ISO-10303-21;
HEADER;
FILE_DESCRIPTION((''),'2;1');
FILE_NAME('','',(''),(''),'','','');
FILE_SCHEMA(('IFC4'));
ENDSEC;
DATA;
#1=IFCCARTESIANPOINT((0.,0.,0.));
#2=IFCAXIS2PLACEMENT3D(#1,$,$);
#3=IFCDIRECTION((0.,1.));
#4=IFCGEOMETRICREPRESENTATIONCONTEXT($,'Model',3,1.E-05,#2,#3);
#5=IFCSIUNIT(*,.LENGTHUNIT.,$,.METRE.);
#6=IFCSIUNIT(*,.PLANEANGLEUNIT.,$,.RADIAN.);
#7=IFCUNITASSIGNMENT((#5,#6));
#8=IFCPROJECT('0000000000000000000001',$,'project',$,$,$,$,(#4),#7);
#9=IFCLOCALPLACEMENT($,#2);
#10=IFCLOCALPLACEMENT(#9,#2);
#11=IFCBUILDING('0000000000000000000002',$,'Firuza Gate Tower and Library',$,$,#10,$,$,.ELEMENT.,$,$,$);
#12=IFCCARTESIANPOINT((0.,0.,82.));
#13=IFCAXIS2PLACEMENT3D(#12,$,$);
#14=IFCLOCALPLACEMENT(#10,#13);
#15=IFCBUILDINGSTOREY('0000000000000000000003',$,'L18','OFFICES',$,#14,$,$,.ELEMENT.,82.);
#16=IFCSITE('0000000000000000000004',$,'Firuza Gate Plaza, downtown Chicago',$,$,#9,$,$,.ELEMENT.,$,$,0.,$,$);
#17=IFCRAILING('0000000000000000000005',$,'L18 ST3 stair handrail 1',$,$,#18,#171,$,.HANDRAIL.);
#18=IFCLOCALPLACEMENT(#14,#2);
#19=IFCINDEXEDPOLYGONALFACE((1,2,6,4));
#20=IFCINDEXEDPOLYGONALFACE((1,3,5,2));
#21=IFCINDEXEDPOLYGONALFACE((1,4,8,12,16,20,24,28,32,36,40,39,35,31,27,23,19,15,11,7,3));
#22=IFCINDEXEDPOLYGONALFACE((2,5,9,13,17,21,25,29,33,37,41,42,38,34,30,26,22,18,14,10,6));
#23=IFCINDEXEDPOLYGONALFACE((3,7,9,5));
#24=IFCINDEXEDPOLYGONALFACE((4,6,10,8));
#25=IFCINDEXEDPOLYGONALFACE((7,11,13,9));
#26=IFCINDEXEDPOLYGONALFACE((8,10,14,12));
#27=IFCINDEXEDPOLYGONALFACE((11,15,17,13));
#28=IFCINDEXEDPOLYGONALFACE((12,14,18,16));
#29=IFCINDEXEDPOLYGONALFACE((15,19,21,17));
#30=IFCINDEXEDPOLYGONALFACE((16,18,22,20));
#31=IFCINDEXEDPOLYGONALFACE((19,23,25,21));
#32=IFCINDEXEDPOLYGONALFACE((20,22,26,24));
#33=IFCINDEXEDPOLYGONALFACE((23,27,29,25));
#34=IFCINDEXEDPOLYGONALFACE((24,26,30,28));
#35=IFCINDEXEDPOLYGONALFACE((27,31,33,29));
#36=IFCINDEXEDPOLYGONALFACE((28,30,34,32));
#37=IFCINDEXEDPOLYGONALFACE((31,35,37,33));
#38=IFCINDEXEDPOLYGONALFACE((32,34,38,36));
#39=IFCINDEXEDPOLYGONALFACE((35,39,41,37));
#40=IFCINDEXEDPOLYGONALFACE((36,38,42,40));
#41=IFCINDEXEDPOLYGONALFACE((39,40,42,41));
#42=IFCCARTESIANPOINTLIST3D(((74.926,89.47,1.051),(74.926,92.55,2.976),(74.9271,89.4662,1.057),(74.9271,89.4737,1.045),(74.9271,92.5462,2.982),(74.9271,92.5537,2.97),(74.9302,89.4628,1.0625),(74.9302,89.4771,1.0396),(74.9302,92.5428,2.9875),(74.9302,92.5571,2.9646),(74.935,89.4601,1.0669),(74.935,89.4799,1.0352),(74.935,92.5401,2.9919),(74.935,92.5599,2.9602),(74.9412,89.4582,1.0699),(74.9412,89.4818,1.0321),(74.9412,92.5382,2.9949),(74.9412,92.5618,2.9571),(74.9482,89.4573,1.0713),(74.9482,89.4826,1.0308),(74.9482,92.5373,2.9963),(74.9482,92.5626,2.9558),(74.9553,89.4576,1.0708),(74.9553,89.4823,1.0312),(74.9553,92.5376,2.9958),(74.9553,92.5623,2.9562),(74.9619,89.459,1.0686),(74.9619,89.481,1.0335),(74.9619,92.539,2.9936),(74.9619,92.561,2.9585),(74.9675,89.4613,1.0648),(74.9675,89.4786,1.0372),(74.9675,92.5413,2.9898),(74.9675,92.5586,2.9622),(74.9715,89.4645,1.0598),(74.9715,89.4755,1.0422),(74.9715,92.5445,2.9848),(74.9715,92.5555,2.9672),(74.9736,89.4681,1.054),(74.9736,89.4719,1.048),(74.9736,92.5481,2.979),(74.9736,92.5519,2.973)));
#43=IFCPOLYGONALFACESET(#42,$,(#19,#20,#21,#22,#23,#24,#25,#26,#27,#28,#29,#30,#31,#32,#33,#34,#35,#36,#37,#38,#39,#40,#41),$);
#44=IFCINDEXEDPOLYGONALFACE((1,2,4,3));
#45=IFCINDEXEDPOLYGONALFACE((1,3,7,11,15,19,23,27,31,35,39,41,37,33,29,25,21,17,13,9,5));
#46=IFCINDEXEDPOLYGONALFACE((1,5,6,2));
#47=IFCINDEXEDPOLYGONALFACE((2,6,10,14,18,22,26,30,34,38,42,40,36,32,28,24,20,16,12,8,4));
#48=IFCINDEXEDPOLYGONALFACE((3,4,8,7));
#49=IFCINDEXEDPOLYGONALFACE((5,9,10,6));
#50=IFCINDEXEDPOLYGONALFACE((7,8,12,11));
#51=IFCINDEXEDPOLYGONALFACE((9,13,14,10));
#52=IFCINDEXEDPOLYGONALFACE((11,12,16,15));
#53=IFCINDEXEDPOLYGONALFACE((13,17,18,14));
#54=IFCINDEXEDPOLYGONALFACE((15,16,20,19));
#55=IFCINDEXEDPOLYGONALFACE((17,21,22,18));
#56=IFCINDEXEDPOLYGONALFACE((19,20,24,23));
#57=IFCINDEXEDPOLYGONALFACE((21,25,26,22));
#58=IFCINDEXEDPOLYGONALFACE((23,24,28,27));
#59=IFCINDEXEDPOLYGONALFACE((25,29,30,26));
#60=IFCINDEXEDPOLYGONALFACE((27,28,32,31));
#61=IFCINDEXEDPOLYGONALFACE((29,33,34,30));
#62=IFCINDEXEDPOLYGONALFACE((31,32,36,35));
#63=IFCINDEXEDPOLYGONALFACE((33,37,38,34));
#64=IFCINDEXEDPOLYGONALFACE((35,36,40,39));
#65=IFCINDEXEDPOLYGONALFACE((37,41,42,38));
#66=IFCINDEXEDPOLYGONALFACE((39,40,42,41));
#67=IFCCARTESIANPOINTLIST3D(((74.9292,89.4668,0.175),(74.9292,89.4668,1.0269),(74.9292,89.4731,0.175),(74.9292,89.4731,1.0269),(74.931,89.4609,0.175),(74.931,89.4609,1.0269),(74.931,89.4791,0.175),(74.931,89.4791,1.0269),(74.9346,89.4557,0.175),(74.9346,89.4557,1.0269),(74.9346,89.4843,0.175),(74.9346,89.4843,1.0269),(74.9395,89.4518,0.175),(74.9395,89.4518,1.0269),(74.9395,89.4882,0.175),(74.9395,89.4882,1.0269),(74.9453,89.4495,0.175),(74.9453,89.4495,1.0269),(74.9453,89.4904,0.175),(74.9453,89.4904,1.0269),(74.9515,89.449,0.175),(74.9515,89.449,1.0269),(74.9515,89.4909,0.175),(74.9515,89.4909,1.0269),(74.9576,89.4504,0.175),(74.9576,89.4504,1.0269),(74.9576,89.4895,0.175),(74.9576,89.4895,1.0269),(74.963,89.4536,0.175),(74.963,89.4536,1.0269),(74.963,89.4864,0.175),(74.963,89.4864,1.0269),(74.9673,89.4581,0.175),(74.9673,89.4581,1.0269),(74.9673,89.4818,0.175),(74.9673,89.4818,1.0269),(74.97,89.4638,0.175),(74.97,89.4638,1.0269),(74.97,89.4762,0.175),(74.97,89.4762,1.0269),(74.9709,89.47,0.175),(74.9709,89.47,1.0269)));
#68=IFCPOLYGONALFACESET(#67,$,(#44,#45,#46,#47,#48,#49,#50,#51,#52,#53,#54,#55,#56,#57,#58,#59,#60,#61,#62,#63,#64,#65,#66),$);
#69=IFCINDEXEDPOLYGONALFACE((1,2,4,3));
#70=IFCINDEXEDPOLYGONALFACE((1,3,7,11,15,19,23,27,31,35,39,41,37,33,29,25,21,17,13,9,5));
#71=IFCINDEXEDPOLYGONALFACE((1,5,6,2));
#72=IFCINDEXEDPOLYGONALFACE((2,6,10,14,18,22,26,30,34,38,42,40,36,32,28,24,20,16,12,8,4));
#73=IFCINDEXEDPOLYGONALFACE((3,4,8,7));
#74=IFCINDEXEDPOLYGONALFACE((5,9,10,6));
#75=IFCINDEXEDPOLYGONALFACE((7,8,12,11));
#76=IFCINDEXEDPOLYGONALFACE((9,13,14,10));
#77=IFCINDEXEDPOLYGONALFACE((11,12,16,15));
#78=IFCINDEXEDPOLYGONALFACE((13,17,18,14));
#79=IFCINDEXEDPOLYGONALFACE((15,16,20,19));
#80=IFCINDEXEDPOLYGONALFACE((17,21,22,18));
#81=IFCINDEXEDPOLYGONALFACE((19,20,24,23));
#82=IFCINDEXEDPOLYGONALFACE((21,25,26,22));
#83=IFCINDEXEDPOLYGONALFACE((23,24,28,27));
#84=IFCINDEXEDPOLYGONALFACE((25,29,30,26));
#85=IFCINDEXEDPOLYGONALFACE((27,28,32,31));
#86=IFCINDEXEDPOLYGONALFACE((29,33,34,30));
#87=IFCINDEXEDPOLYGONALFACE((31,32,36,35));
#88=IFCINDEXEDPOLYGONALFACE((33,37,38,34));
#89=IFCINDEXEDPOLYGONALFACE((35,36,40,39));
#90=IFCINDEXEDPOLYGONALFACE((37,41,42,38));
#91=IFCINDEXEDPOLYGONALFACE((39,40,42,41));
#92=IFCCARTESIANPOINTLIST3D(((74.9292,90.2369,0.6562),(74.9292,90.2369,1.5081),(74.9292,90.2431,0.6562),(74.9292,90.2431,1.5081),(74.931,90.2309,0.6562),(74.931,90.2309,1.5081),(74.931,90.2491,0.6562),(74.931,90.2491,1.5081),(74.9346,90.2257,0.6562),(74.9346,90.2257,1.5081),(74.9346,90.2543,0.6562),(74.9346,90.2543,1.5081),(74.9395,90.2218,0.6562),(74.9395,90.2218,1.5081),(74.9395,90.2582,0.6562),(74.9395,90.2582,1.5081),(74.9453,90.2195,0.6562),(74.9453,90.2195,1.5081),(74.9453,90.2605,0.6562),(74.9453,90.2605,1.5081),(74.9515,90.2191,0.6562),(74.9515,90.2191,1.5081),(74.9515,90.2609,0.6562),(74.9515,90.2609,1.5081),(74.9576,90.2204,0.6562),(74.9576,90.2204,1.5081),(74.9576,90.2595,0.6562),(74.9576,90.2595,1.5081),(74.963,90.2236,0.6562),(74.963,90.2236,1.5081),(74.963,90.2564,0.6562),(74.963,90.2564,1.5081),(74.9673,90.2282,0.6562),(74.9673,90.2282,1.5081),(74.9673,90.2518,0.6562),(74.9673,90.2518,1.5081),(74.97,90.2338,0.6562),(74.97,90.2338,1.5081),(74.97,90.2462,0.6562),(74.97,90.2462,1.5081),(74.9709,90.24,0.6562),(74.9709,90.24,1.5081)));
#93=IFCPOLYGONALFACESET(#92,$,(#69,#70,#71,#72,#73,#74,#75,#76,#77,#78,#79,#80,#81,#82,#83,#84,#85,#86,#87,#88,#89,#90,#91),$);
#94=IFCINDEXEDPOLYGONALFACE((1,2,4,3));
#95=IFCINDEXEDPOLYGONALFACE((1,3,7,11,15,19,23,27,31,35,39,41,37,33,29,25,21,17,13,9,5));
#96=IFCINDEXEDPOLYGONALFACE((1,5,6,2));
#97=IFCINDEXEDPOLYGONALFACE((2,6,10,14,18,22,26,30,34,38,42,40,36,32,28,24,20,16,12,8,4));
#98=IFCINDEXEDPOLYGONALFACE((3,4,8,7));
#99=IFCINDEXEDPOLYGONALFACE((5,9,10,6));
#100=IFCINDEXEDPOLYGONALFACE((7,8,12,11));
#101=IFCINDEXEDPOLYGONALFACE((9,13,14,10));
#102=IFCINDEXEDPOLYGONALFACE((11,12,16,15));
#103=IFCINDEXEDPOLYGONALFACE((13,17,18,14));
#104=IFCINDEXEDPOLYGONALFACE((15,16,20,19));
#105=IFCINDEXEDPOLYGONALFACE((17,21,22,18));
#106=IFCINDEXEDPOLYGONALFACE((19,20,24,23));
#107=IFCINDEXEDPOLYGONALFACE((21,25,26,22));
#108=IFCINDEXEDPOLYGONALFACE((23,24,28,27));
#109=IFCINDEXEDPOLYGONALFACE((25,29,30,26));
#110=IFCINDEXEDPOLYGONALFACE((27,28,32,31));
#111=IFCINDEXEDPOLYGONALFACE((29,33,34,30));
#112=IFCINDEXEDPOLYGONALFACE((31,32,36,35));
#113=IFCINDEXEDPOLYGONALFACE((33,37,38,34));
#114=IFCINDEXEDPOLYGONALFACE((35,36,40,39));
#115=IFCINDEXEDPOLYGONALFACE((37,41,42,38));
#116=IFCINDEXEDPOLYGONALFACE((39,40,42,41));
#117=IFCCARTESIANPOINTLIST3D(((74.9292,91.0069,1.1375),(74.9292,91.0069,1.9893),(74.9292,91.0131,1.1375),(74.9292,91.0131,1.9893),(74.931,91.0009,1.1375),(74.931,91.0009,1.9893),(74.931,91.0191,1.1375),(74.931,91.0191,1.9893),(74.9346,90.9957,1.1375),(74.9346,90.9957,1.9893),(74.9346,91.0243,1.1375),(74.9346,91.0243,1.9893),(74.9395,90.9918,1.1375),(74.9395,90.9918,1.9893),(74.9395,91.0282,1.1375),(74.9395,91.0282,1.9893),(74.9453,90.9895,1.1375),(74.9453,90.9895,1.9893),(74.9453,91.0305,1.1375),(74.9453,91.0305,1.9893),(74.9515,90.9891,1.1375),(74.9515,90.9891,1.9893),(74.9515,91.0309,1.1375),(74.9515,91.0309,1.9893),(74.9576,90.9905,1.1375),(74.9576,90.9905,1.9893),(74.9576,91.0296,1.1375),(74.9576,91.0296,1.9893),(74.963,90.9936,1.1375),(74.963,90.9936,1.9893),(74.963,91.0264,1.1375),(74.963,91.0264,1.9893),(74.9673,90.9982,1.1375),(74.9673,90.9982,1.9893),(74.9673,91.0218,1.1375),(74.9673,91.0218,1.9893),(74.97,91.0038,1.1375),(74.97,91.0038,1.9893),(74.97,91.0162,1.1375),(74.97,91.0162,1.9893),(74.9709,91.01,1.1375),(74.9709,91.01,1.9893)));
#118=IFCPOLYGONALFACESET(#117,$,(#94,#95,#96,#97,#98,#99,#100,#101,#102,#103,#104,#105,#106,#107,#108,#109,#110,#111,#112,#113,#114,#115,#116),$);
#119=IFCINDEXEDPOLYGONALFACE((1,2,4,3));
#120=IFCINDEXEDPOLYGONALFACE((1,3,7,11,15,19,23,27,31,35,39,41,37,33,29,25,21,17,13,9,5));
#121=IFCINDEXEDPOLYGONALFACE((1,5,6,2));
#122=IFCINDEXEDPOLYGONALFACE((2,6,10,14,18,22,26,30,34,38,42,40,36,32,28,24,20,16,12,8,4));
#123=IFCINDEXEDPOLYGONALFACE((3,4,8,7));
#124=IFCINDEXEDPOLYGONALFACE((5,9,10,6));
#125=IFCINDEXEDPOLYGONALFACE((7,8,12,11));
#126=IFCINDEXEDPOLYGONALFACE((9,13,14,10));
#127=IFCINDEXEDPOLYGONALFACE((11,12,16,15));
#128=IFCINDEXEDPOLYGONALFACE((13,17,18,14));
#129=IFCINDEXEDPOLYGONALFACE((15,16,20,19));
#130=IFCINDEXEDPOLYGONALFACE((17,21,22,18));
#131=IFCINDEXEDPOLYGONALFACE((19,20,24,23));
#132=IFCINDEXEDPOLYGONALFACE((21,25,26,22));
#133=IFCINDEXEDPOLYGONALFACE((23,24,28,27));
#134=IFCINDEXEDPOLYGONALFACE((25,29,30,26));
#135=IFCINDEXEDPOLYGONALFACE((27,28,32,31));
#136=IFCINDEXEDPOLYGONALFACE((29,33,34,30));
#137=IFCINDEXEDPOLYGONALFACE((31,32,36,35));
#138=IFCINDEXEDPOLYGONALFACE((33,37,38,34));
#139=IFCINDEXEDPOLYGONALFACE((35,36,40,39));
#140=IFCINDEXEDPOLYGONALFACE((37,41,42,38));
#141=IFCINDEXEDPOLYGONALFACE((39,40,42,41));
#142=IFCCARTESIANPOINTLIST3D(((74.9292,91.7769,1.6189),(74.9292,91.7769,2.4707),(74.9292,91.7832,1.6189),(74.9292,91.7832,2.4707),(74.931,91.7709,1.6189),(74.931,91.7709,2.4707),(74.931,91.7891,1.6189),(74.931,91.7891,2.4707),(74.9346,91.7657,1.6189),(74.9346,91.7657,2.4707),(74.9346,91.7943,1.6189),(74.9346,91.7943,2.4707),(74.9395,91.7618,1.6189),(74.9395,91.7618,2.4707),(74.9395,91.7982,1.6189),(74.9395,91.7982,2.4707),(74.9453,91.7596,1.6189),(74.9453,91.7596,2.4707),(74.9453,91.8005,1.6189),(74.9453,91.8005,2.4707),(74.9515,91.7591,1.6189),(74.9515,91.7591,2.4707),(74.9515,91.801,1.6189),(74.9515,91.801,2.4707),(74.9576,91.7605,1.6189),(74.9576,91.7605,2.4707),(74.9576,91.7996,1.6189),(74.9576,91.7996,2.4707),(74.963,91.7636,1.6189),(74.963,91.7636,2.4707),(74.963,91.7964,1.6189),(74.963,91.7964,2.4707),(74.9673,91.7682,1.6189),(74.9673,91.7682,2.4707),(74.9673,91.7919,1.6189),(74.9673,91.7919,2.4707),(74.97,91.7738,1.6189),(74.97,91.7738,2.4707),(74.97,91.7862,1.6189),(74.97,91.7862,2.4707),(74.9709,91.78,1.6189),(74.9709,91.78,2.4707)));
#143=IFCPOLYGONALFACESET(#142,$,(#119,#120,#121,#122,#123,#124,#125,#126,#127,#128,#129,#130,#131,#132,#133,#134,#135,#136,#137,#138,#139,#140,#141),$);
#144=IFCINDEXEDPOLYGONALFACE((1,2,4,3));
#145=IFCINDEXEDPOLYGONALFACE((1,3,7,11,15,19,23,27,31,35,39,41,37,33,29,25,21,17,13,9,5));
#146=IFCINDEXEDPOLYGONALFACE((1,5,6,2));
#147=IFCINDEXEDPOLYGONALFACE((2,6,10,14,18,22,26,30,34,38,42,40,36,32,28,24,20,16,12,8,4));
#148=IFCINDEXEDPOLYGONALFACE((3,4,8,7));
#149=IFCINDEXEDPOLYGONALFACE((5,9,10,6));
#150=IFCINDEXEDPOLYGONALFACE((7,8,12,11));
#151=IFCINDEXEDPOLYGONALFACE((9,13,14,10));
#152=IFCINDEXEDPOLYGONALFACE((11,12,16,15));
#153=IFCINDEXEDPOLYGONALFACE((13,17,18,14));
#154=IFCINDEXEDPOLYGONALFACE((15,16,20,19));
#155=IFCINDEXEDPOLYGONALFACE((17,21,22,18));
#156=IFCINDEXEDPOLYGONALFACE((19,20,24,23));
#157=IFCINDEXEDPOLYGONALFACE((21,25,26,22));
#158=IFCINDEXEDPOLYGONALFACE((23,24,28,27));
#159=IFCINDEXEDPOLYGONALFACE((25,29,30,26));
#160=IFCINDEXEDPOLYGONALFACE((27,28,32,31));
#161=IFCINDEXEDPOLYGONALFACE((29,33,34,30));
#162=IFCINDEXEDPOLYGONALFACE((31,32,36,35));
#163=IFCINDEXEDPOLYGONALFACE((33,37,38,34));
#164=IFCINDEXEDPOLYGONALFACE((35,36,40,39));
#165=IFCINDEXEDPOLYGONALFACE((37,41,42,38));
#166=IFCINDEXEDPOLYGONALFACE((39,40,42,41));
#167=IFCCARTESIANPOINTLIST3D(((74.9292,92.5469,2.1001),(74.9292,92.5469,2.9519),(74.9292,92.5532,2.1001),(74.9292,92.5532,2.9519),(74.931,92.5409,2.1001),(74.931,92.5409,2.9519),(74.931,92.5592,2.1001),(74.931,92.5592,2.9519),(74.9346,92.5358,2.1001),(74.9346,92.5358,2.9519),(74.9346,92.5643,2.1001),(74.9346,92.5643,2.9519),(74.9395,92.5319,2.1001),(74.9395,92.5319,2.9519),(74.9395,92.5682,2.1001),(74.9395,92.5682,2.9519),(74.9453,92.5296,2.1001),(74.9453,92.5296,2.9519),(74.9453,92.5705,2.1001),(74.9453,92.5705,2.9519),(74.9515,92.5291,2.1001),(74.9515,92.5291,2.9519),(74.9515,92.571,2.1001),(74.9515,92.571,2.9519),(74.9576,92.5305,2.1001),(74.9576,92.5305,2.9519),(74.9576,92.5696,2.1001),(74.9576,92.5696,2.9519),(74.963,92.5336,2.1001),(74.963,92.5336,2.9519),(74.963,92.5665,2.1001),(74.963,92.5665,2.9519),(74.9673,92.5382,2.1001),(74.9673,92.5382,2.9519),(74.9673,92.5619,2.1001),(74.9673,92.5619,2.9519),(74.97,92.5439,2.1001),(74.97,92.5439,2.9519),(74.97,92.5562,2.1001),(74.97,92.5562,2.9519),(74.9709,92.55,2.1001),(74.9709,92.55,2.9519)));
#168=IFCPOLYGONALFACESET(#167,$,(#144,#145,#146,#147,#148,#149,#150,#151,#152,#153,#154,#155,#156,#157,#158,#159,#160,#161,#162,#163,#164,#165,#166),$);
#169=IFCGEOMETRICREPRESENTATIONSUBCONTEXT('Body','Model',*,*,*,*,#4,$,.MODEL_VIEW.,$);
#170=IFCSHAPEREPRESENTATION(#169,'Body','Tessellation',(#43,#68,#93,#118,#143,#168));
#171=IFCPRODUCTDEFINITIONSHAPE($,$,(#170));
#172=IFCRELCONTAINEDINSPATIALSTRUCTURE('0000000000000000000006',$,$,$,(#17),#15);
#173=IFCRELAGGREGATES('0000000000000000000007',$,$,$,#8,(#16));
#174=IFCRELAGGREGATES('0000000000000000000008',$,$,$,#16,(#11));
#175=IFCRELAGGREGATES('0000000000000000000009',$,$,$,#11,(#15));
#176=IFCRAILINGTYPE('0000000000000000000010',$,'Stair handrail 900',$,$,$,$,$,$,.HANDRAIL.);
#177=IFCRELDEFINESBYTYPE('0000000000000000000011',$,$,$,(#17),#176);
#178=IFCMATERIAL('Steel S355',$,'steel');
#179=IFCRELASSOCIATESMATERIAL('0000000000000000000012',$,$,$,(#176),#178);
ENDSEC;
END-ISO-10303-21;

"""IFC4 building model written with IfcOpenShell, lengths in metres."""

from ifc_helpers import new_model, si_unit, direction, frame, origin, origin_2d, place, context, subcontext, project, spatial, circle, extrude, material, type_object, element, save


model = new_model("IFC4")

# Units and contexts
model_context = context("Model", 3, precision=1e-05, world=origin(), true_north=direction((0.0, 1.0)))
body_context = subcontext(model_context, "Body", "Model", "MODEL_VIEW")
ifc_project = project(units=[si_unit("LENGTHUNIT", "METRE"), si_unit("PLANEANGLEUNIT", "RADIAN")], contexts=[model_context])

# Site, building, storey
site_placement = place(None, origin())
site = spatial("IfcSite", under=ifc_project, at=site_placement, Name="Firuza Gate Plaza, downtown Chicago", CompositionType="ELEMENT", RefElevation=0.0)
building_placement = place(site_placement, origin())
building = spatial("IfcBuilding", under=site, at=building_placement, Name="Firuza Gate Tower and Library", CompositionType="ELEMENT")
storey_placement = place(building_placement, frame((0.0, 0.0, 82.0)))
storey = spatial("IfcBuildingStorey", under=building, at=storey_placement, Name="L18", Description="OFFICES", CompositionType="ELEMENT", Elevation=82.0)

# Railing
ifc_material_1 = material(Name="Steel S355", Category="steel")
railing_type_1 = type_object("IfcRailingType", Name="Stair handrail 900", PredefinedType="HANDRAIL", material=ifc_material_1)
railing_1_placement = place(storey_placement, frame((74.95, 89.47, 0.175)))
element("IfcRailing", 1, at=railing_1_placement, inside=storey, type_object=railing_type_1, Name="L18 ST3 stair handrail 1", PredefinedType="HANDRAIL", context=body_context, shape_type="SweptSolid", body=[
    extrude(circle(Radius=0.0239, at=origin_2d()), frame((0.0, 0.0, 0.876), z_axis=(0.0, 0.847998, 0.529999), x_axis=(-1.0, 0.0, 0.0)), (0.0, 0.0, 1.0), 3.6321),
    extrude(circle(Radius=0.021, at=origin_2d()), origin(), (0.0, 0.0, 1.0), 0.8518),
    extrude(circle(Radius=0.021, at=origin_2d()), frame((0.0, 0.77, 0.4812)), (0.0, 0.0, 1.0), 0.8518),
    extrude(circle(Radius=0.021, at=origin_2d()), frame((0.0, 1.54, 0.9624)), (0.0, 0.0, 1.0), 0.8518),
    extrude(circle(Radius=0.021, at=origin_2d()), frame((0.0, 2.3101, 1.4438)), (0.0, 0.0, 1.0), 0.8518),
    extrude(circle(Radius=0.021, at=origin_2d()), frame((0.0, 3.0801, 1.925)), (0.0, 0.0, 1.0), 0.8518),
])

save(model, "model.ifc")
